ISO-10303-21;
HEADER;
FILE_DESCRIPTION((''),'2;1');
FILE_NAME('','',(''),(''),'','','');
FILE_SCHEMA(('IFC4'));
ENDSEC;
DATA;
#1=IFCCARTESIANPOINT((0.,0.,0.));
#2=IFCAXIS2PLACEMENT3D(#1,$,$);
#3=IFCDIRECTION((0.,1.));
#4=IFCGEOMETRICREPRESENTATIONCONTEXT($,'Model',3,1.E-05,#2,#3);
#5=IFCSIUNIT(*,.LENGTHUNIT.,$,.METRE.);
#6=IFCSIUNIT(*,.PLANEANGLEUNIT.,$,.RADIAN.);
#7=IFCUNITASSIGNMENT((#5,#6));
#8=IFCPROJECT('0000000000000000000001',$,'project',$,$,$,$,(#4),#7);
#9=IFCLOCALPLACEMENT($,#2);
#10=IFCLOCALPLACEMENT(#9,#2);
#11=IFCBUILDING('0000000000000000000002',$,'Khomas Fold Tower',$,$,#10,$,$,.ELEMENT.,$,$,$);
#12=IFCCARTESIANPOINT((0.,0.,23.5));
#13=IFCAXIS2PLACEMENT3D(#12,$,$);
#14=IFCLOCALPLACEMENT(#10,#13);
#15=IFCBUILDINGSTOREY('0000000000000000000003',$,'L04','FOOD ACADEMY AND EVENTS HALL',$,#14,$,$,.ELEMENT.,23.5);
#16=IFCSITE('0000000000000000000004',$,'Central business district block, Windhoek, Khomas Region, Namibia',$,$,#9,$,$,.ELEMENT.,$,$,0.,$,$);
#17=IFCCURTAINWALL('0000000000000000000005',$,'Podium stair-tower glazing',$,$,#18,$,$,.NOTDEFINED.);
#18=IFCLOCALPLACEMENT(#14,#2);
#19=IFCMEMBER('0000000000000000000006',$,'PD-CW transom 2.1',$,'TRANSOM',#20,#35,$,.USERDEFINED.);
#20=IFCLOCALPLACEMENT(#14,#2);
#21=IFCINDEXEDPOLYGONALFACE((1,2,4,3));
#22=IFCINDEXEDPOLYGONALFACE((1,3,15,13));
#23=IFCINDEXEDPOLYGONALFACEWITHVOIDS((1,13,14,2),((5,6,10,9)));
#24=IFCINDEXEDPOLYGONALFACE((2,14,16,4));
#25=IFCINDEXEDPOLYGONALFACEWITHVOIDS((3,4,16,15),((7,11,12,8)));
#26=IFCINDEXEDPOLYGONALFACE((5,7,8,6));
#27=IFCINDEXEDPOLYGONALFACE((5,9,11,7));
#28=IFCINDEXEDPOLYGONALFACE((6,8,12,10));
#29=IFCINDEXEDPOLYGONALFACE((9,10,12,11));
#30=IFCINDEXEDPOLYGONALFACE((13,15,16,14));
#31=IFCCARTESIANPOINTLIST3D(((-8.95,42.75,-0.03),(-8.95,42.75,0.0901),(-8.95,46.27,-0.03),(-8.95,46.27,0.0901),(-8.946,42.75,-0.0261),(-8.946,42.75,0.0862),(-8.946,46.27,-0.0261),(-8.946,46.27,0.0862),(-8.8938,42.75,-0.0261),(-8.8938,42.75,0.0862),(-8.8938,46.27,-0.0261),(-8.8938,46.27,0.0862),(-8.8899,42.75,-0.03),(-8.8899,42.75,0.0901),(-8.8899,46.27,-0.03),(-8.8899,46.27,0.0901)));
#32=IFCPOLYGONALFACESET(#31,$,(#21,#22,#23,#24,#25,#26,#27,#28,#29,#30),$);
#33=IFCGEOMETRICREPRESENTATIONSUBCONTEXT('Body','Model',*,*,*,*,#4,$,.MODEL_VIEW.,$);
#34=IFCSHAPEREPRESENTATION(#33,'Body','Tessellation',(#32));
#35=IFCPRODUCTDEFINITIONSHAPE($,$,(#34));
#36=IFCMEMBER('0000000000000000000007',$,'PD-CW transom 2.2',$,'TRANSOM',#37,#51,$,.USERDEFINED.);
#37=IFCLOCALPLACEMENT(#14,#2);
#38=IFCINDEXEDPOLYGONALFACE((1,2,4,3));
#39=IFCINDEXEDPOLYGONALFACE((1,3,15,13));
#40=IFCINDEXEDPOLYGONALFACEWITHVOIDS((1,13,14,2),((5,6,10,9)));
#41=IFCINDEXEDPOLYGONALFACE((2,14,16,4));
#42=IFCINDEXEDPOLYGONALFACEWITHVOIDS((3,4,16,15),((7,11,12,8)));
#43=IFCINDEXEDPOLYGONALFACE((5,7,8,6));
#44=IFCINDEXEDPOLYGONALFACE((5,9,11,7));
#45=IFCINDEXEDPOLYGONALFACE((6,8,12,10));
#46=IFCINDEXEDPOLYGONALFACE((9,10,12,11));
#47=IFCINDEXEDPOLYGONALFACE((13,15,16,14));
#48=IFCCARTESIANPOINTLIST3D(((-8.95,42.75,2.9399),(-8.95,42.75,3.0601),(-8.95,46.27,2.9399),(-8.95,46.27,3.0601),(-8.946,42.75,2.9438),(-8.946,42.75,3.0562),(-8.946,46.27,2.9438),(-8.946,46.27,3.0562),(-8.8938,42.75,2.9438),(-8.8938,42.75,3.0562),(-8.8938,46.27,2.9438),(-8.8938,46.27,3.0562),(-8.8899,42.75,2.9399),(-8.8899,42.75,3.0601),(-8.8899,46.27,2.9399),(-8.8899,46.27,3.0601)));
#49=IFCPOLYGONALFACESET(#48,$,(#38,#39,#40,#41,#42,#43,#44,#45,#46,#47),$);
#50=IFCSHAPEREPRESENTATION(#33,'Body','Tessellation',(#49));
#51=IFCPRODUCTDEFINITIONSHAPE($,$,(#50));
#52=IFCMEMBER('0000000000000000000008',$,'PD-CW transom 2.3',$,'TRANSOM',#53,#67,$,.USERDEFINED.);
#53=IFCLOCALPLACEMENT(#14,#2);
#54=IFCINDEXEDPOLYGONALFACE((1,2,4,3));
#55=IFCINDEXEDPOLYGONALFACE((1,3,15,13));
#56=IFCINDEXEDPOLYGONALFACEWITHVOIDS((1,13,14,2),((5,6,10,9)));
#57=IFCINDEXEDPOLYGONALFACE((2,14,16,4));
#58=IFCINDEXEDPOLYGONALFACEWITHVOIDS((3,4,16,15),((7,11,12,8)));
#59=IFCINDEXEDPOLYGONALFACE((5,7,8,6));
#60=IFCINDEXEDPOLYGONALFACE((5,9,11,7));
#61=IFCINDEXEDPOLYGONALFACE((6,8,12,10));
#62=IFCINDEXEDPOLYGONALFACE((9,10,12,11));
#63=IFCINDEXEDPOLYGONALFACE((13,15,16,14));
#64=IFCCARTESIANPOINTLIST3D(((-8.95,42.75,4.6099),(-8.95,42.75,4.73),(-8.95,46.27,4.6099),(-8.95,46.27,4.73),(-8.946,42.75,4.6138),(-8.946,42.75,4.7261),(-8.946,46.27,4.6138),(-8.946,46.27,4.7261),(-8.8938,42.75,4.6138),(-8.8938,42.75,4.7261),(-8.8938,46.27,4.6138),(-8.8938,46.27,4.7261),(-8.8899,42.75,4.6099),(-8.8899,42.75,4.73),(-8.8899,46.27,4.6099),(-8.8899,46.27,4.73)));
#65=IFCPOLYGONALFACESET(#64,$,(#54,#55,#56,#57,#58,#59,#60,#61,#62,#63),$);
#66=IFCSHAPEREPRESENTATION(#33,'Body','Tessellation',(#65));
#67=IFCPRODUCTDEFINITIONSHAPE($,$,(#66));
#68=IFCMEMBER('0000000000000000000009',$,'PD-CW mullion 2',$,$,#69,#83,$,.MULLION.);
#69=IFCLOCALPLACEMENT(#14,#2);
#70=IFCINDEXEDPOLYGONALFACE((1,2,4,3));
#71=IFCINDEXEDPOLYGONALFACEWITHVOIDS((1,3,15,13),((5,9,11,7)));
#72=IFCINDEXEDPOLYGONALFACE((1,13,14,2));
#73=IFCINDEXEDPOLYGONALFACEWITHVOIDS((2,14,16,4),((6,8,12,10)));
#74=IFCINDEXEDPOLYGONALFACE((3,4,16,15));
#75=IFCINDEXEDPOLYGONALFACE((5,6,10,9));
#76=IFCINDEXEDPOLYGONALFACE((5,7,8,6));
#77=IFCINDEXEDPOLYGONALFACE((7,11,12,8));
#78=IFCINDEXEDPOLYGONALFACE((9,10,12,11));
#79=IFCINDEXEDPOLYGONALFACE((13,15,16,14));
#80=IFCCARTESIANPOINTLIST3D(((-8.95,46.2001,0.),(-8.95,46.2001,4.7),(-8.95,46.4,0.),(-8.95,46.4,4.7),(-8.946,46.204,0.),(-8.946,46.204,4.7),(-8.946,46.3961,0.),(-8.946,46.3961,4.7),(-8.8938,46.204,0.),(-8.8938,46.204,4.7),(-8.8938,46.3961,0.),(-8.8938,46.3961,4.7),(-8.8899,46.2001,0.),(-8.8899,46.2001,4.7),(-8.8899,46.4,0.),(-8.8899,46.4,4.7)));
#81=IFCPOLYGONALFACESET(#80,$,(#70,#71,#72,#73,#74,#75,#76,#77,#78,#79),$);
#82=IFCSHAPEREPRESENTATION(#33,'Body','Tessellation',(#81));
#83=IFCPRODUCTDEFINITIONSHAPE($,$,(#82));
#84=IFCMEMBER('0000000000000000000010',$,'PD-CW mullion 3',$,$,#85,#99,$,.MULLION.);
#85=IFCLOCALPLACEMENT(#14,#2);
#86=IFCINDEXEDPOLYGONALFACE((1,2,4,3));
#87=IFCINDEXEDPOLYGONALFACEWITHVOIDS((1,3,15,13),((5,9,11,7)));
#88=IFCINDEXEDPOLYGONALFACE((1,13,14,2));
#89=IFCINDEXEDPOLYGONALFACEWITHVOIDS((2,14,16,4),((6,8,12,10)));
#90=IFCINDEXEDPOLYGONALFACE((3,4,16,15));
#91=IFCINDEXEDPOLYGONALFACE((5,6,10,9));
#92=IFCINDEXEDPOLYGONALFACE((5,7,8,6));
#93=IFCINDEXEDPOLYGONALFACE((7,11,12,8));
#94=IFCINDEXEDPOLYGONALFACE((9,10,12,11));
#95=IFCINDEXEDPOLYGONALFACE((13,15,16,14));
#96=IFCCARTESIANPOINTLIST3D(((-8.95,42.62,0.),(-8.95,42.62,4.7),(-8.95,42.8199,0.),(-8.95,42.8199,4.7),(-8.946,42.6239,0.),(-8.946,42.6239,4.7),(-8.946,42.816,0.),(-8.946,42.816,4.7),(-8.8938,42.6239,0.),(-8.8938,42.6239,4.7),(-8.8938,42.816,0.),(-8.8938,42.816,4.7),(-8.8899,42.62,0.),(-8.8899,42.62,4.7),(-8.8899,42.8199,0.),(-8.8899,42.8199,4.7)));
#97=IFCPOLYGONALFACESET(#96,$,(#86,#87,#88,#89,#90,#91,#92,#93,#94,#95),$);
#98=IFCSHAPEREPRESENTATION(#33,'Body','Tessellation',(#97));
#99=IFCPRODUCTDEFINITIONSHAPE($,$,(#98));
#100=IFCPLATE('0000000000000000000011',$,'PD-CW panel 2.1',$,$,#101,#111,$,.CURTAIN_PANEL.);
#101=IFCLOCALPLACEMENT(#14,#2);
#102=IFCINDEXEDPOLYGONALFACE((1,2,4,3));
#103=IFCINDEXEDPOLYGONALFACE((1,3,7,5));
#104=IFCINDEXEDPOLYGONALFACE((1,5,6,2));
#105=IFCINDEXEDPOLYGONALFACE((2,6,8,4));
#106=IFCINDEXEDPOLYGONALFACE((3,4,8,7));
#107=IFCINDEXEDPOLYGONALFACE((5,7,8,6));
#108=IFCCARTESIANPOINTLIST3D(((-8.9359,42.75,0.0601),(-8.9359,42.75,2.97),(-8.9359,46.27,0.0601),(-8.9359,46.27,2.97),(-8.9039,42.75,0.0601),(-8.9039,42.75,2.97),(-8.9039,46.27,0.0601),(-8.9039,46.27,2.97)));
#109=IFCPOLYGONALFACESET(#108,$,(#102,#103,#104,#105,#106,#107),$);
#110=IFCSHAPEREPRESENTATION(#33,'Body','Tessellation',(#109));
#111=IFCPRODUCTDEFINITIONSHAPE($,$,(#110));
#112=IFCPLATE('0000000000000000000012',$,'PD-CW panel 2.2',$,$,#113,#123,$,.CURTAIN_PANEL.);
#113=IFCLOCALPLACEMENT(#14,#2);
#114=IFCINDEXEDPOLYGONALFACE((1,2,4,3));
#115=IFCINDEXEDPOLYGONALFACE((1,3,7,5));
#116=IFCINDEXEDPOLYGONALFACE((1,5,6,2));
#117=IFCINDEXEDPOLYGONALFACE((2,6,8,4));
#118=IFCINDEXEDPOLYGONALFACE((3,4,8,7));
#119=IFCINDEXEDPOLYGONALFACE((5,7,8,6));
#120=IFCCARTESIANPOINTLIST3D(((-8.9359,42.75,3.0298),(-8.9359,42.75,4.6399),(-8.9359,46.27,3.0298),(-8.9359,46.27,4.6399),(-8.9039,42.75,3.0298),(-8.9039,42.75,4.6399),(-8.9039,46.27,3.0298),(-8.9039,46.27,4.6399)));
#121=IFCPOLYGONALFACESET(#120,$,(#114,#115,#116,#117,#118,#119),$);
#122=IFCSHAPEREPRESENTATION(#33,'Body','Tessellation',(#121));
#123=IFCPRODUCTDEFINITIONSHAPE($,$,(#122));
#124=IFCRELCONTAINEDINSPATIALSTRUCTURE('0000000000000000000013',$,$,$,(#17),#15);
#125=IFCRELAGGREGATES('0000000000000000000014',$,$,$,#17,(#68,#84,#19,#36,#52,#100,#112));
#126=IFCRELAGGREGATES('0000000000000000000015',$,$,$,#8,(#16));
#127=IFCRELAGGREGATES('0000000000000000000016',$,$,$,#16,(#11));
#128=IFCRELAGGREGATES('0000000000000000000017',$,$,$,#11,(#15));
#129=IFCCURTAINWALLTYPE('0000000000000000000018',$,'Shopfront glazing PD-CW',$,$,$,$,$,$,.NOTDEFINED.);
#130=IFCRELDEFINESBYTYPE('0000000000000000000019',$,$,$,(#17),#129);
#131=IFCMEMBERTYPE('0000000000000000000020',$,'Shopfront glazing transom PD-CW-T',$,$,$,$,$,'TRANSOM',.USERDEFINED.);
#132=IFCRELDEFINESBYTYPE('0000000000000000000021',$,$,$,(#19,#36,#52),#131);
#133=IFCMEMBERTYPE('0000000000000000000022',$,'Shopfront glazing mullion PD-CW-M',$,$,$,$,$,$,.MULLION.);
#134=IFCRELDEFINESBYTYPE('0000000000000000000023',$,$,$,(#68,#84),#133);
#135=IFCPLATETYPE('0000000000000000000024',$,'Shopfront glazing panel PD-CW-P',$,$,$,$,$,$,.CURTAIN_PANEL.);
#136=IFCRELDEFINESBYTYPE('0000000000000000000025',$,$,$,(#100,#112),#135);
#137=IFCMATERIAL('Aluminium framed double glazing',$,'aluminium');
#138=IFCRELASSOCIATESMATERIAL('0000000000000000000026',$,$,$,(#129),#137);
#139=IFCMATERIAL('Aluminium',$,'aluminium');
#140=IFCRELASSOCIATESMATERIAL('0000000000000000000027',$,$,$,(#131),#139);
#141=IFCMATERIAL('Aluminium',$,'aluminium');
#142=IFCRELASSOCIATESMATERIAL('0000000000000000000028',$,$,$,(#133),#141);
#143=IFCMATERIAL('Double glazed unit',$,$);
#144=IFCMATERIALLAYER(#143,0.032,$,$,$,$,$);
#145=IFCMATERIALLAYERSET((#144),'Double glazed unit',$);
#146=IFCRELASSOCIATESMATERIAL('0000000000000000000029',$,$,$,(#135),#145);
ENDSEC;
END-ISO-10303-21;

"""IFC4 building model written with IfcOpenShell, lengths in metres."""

from ifc_helpers import new_model, si_unit, direction, frame, origin, origin_2d, place, context, subcontext, project, spatial, rectangle, hollow_rectangle, extrude, source, transform, mapped, material, layer, layer_set, material_profile, profile_set, type_object, element, aggregate, save


model = new_model("IFC4")

# Units and contexts
model_context = context("Model", 3, precision=1e-05, world=origin(), true_north=direction((0.0, 1.0)))
body_context = subcontext(model_context, "Body", "Model", "MODEL_VIEW")
ifc_project = project(units=[si_unit("LENGTHUNIT", "METRE"), si_unit("PLANEANGLEUNIT", "RADIAN")], contexts=[model_context])

# Site, building, storey
site_placement = place(None, origin())
site = spatial("IfcSite", under=ifc_project, at=site_placement, Name="Central business district block, Windhoek, Khomas Region, Namibia", CompositionType="ELEMENT", RefElevation=0.0)
building_placement = place(site_placement, origin())
building = spatial("IfcBuilding", under=site, at=building_placement, Name="Khomas Fold Tower", CompositionType="ELEMENT")
storey_placement = place(building_placement, frame((0.0, 0.0, 23.5)))
storey = spatial("IfcBuildingStorey", under=building, at=storey_placement, Name="L04", Description="FOOD ACADEMY AND EVENTS HALL", CompositionType="ELEMENT", Elevation=23.5)

# Curtain wall, members, plates
ifc_material_1 = material(Name="Aluminium framed double glazing", Category="aluminium")
curtain_wall_type = type_object("IfcCurtainWallType", Name="Shopfront glazing PD-CW", PredefinedType="NOTDEFINED", material=ifc_material_1)
curtain_wall_placement = place(storey_placement, origin())
curtain_wall = element("IfcCurtainWall", 1, at=curtain_wall_placement, inside=storey, type_object=curtain_wall_type, Name="Podium stair-tower glazing", PredefinedType="NOTDEFINED")
ifc_material_2 = material(Name="Aluminium", Category="aluminium")
ifc_material_profile_1 = material_profile(ifc_material_2, hollow_rectangle(XDim=0.0601, YDim=0.1201, WallThickness=0.0039, at=origin_2d()), Name="Shopfront glazing transom PD-CW-T")
ifc_profile_set_1 = profile_set([ifc_material_profile_1], Name="Aluminium")
member_type_1 = type_object("IfcMemberType", Name="Shopfront glazing transom PD-CW-T", ElementType="TRANSOM", PredefinedType="USERDEFINED", material=ifc_profile_set_1)
shared_shape_1 = source(origin(), body_context, "Body", "SweptSolid", [
    extrude(hollow_rectangle(XDim=0.0601, YDim=0.1201, WallThickness=0.0039, at=origin_2d()), origin(), (0.0, 0.0, 1.0), 3.52),
])
member_1_placement = place(storey_placement, frame((-8.9199, 46.27, 0.03), z_axis=(0.0, -1.0, 0.0), x_axis=(1.0, 0.0, 0.0)))
member_1 = element("IfcMember", 2, at=member_1_placement, type_object=member_type_1, Name="PD-CW transom 2.1", ObjectType="TRANSOM", PredefinedType="USERDEFINED", context=body_context, shape_type="MappedRepresentation", body=[
    mapped(shared_shape_1, transform((0.0, 0.0, 0.0))),
])
member_2_placement = place(storey_placement, frame((-8.9199, 46.27, 3.0), z_axis=(0.0, -1.0, 0.0), x_axis=(1.0, 0.0, 0.0)))
member_2 = element("IfcMember", 3, at=member_2_placement, type_object=member_type_1, Name="PD-CW transom 2.2", ObjectType="TRANSOM", PredefinedType="USERDEFINED", context=body_context, shape_type="MappedRepresentation", body=[
    mapped(shared_shape_1, transform((0.0, 0.0, 0.0))),
])
member_3_placement = place(storey_placement, frame((-8.9199, 46.27, 4.6699), z_axis=(0.0, -1.0, 0.0), x_axis=(1.0, 0.0, 0.0)))
member_3 = element("IfcMember", 4, at=member_3_placement, type_object=member_type_1, Name="PD-CW transom 2.3", ObjectType="TRANSOM", PredefinedType="USERDEFINED", context=body_context, shape_type="MappedRepresentation", body=[
    mapped(shared_shape_1, transform((0.0, 0.0, 0.0))),
])
ifc_material_3 = material(Name="Aluminium", Category="aluminium")
ifc_material_profile_2 = material_profile(ifc_material_3, hollow_rectangle(XDim=0.0601, YDim=0.2, WallThickness=0.0039, at=origin_2d()), Name="Shopfront glazing mullion PD-CW-M")
ifc_profile_set_2 = profile_set([ifc_material_profile_2], Name="Aluminium")
member_type_2 = type_object("IfcMemberType", Name="Shopfront glazing mullion PD-CW-M", PredefinedType="MULLION", material=ifc_profile_set_2)
shared_shape_2 = source(origin(), body_context, "Body", "SweptSolid", [
    extrude(hollow_rectangle(XDim=0.0601, YDim=0.2, WallThickness=0.0039, at=origin_2d()), origin(), (0.0, 0.0, 1.0), 4.7),
])
member_4_placement = place(storey_placement, frame((-8.9199, 46.3, 0.0), z_axis=(0.0, 0.0, 1.0), x_axis=(1.0, 0.0, 0.0)))
member_4 = element("IfcMember", 5, at=member_4_placement, type_object=member_type_2, Name="PD-CW mullion 2", PredefinedType="MULLION", context=body_context, shape_type="MappedRepresentation", body=[
    mapped(shared_shape_2, transform((0.0, 0.0, 0.0))),
])
member_5_placement = place(storey_placement, frame((-8.9199, 42.72, 0.0), z_axis=(0.0, 0.0, 1.0), x_axis=(1.0, 0.0, 0.0)))
member_5 = element("IfcMember", 6, at=member_5_placement, type_object=member_type_2, Name="PD-CW mullion 3", PredefinedType="MULLION", context=body_context, shape_type="MappedRepresentation", body=[
    mapped(shared_shape_2, transform((0.0, 0.0, 0.0))),
])
ifc_material_4 = material(Name="Double glazed unit")
ifc_layer_1 = layer(ifc_material_4, 0.032)
ifc_layer_set_1 = layer_set([ifc_layer_1], Name="Double glazed unit")
plate_type = type_object("IfcPlateType", Name="Shopfront glazing panel PD-CW-P", PredefinedType="CURTAIN_PANEL", material=ifc_layer_set_1)
shared_shape_3 = source(origin(), body_context, "Body", "SweptSolid", [
    extrude(rectangle(XDim=3.52, YDim=0.032, at=origin_2d()), origin(), (0.0, 0.0, 1.0), 2.9099),
])
plate_1_placement = place(storey_placement, frame((-8.9199, 44.51, 0.0601), z_axis=(0.0, 0.0, 1.0), x_axis=(0.0, -1.0, 0.0)))
plate_1 = element("IfcPlate", 7, at=plate_1_placement, type_object=plate_type, Name="PD-CW panel 2.1", PredefinedType="CURTAIN_PANEL", context=body_context, shape_type="MappedRepresentation", body=[
    mapped(shared_shape_3, transform((0.0, 0.0, 0.0))),
])
shared_shape_4 = source(origin(), body_context, "Body", "SweptSolid", [
    extrude(rectangle(XDim=3.52, YDim=0.032, at=origin_2d()), origin(), (0.0, 0.0, 1.0), 1.6101),
])
plate_2_placement = place(storey_placement, frame((-8.9199, 44.51, 3.0298), z_axis=(0.0, 0.0, 1.0), x_axis=(0.0, -1.0, 0.0)))
plate_2 = element("IfcPlate", 8, at=plate_2_placement, type_object=plate_type, Name="PD-CW panel 2.2", PredefinedType="CURTAIN_PANEL", context=body_context, shape_type="MappedRepresentation", body=[
    mapped(shared_shape_4, transform((0.0, 0.0, 0.0))),
])
aggregate(curtain_wall, [member_4, member_5, member_1, member_2, member_3, plate_1, plate_2])

save(model, "model.ifc")
